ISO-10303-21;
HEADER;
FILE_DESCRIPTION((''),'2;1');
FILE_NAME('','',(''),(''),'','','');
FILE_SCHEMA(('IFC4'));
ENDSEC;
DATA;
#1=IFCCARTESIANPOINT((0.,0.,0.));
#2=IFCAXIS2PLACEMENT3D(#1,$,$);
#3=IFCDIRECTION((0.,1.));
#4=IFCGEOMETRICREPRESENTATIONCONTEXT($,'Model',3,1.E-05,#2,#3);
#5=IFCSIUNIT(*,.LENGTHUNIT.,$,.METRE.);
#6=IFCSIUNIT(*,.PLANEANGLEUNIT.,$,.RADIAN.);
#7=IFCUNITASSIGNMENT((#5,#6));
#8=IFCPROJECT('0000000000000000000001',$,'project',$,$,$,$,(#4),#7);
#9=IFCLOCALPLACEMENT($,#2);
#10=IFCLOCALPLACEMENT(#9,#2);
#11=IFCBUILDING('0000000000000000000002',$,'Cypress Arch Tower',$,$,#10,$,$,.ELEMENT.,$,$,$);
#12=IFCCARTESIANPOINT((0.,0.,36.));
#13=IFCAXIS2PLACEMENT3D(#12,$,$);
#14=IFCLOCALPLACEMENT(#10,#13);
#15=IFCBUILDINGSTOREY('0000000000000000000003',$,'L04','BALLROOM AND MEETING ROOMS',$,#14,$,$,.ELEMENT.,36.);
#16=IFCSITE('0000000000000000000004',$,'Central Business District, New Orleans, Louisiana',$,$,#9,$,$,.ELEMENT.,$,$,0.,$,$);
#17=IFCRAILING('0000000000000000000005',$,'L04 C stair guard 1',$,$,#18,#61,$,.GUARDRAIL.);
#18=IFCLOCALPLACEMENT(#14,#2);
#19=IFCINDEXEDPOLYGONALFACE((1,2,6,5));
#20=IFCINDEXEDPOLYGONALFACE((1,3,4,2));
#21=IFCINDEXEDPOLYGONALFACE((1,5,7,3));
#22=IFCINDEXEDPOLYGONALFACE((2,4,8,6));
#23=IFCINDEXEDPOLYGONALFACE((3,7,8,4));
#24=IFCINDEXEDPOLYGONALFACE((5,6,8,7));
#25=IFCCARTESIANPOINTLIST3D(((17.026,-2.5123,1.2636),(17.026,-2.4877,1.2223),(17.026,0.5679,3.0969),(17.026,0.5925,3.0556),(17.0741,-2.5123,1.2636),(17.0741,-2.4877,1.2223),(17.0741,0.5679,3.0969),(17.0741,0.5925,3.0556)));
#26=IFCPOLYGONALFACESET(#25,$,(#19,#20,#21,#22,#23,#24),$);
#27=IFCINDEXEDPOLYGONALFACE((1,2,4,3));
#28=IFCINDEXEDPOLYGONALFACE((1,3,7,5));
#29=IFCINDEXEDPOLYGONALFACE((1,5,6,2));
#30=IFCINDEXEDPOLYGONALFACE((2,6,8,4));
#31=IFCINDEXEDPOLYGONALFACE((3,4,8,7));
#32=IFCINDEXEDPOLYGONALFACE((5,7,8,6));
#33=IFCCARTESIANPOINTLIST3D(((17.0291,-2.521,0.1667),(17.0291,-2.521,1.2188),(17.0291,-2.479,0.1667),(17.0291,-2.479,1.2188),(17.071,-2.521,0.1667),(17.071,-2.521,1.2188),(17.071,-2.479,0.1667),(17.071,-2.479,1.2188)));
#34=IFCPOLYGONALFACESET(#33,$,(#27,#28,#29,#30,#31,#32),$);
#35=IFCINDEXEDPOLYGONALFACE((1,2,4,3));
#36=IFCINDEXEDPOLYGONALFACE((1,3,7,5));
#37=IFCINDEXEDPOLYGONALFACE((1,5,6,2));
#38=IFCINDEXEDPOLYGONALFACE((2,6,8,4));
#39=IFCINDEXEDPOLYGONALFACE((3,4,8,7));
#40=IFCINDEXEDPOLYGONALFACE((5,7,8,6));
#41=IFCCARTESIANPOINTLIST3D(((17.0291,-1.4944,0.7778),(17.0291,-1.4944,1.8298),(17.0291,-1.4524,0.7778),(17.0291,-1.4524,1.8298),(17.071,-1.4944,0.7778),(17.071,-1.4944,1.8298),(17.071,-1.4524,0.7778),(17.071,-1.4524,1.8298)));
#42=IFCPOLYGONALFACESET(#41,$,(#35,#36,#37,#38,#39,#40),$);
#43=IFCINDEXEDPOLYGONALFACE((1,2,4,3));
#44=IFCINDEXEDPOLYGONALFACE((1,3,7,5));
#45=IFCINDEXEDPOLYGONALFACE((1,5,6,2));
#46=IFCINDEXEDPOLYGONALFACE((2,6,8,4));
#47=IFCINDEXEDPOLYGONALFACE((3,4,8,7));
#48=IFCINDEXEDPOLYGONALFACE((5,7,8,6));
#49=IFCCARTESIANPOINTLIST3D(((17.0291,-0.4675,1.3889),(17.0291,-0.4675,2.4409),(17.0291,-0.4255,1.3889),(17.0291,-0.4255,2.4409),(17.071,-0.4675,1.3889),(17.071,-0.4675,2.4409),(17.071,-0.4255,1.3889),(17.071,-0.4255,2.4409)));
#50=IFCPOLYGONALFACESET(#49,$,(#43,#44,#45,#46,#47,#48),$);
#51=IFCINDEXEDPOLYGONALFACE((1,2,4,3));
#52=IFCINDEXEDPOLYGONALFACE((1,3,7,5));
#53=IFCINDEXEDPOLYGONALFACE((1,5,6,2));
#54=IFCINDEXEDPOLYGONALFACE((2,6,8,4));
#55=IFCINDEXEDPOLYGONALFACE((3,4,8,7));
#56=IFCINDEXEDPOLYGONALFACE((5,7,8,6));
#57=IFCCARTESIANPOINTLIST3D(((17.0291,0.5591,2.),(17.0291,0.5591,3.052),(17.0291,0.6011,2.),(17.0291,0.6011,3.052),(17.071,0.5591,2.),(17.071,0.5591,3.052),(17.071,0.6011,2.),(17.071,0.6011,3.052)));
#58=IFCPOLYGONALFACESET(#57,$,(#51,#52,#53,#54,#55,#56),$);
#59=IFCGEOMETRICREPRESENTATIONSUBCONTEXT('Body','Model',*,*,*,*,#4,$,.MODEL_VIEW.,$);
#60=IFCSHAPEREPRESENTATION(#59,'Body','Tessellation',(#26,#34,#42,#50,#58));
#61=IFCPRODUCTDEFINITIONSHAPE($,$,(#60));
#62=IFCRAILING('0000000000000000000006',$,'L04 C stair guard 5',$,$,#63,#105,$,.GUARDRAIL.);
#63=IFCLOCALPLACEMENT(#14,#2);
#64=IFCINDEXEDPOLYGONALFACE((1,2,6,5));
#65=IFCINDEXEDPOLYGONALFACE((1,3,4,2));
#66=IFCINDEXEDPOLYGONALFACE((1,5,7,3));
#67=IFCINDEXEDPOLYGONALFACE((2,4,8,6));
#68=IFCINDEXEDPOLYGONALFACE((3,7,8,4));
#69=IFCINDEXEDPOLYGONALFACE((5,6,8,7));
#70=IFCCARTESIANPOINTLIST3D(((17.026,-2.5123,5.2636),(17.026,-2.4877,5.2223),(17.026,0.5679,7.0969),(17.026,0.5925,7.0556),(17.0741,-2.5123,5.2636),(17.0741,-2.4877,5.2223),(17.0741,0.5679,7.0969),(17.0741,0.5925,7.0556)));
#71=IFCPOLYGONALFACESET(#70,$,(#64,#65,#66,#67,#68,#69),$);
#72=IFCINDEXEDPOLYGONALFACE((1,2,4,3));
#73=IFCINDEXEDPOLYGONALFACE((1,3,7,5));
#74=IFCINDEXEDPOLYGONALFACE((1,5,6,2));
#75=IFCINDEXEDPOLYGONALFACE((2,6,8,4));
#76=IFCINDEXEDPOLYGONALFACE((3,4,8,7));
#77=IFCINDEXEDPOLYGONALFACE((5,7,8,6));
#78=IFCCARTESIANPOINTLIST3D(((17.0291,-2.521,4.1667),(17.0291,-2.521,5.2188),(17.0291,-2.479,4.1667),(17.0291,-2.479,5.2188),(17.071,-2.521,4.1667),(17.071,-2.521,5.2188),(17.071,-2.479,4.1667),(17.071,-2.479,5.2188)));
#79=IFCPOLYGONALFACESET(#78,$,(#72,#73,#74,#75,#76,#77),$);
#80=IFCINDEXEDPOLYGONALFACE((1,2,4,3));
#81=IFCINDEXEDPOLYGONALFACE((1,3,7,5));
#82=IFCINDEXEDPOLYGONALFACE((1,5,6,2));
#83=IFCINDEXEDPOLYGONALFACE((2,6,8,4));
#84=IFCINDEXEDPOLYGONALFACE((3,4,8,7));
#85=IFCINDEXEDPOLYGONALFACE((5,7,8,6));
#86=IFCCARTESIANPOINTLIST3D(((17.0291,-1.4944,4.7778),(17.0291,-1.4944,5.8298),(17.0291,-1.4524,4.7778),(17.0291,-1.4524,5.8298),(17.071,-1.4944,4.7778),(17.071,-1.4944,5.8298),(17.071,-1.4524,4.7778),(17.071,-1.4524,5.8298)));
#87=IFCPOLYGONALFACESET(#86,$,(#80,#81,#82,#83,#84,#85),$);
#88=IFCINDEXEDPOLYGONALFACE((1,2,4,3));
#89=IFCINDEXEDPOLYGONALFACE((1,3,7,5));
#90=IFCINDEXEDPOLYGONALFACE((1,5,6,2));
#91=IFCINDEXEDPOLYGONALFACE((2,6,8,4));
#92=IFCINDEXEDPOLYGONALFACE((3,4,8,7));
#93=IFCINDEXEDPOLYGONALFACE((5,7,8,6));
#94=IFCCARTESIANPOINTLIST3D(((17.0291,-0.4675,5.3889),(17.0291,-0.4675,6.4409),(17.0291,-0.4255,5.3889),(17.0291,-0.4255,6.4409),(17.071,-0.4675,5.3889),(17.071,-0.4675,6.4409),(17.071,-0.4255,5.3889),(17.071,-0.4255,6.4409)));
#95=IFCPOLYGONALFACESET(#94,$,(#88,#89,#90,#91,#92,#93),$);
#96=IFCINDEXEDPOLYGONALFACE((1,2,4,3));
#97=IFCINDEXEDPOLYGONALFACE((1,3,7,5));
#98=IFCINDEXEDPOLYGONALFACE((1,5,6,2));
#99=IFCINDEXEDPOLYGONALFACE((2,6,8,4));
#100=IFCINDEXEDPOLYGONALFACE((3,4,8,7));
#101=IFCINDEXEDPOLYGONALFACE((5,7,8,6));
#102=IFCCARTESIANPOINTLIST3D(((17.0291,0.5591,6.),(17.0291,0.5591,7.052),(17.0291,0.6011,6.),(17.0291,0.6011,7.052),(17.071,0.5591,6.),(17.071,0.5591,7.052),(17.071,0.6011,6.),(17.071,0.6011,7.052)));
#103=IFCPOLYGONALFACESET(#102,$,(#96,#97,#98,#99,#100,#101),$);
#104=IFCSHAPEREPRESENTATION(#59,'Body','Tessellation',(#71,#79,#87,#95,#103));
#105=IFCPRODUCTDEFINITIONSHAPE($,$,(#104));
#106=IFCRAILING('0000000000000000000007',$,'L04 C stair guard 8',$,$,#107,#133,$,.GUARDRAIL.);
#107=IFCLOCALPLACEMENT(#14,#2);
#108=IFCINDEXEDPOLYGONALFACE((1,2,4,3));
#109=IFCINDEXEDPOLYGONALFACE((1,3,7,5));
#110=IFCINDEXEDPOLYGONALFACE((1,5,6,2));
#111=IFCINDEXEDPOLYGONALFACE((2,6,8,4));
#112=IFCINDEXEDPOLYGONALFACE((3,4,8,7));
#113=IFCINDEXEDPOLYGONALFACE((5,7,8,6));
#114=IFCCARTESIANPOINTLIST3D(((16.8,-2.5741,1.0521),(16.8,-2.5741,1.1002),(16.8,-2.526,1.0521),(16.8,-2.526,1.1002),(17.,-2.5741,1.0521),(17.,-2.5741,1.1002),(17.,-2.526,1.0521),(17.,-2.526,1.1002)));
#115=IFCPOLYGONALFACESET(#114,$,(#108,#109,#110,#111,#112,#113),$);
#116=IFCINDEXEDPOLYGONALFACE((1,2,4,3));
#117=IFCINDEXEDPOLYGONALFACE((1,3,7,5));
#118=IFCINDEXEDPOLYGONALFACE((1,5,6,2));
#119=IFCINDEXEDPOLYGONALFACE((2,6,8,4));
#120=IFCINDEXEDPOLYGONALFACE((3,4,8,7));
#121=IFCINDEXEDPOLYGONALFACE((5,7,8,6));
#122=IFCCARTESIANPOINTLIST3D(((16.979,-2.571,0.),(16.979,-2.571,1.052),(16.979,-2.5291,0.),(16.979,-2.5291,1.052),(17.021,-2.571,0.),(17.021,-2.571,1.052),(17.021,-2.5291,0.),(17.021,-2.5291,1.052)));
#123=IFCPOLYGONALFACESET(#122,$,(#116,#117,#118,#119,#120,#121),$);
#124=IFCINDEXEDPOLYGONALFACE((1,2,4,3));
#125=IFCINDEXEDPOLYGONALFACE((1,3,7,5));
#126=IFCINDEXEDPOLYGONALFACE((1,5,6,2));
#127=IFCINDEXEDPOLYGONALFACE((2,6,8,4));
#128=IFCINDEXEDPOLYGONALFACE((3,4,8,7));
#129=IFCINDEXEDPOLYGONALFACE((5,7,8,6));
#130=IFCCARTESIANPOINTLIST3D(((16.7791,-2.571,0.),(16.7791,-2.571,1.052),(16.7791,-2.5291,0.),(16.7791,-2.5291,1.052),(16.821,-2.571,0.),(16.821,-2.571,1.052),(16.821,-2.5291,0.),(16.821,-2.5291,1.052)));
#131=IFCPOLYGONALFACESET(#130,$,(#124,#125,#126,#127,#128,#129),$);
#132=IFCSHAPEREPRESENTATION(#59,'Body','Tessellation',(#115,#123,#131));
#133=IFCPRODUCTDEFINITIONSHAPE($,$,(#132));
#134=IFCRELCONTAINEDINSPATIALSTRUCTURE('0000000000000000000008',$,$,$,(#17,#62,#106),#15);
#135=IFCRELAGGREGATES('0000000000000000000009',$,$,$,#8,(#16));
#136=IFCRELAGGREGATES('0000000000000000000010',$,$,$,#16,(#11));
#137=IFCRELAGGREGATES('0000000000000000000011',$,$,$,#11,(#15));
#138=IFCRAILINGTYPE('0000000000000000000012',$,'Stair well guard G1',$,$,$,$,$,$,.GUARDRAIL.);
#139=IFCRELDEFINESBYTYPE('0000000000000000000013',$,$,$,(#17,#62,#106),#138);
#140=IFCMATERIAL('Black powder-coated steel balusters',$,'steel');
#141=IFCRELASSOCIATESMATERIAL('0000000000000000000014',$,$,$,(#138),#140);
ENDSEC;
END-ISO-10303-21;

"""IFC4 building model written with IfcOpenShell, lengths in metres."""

from ifc_helpers import new_model, si_unit, direction, frame, origin, origin_2d, place, context, subcontext, project, spatial, rectangle, extrude, material, type_object, element, save


model = new_model("IFC4")

# Units and contexts
model_context = context("Model", 3, precision=1e-05, world=origin(), true_north=direction((0.0, 1.0)))
body_context = subcontext(model_context, "Body", "Model", "MODEL_VIEW")
ifc_project = project(units=[si_unit("LENGTHUNIT", "METRE"), si_unit("PLANEANGLEUNIT", "RADIAN")], contexts=[model_context])

# Site, building, storey
site_placement = place(None, origin())
site = spatial("IfcSite", under=ifc_project, at=site_placement, Name="Central Business District, New Orleans, Louisiana", CompositionType="ELEMENT", RefElevation=0.0)
building_placement = place(site_placement, origin())
building = spatial("IfcBuilding", under=site, at=building_placement, Name="Cypress Arch Tower", CompositionType="ELEMENT")
storey_placement = place(building_placement, frame((0.0, 0.0, 36.0)))
storey = spatial("IfcBuildingStorey", under=building, at=storey_placement, Name="L04", Description="BALLROOM AND MEETING ROOMS", CompositionType="ELEMENT", Elevation=36.0)

# Railings
ifc_material_1 = material(Name="Black powder-coated steel balusters", Category="steel")
railing_type_1 = type_object("IfcRailingType", Name="Stair well guard G1", PredefinedType="GUARDRAIL", material=ifc_material_1)
for number, where, name in (
    (1, (17.05, -2.5, 0.1667), "L04 C stair guard 1"),
    (2, (17.05, -2.5, 4.1667), "L04 C stair guard 5"),
):
    element("IfcRailing", number, at=place(storey_placement, frame(where)), inside=storey, type_object=railing_type_1, Name=name, PredefinedType="GUARDRAIL", context=body_context, shape_type="SweptSolid", body=[
        extrude(rectangle(XDim=0.0481, YDim=0.0481, at=origin_2d()), frame((0.0, 0.0, 1.0762), z_axis=(0.0, 0.859309, 0.511458), x_axis=(-1.0, 0.0, 0.0)), (0.0, 0.0, 1.0), 3.5845),
        extrude(rectangle(XDim=0.042, YDim=0.042, at=origin_2d()), origin(), (0.0, 0.0, 1.0), 1.052),
        extrude(rectangle(XDim=0.042, YDim=0.042, at=origin_2d()), frame((0.0, 1.0266, 0.6111)), (0.0, 0.0, 1.0), 1.052),
        extrude(rectangle(XDim=0.042, YDim=0.042, at=origin_2d()), frame((0.0, 2.0535, 1.2222)), (0.0, 0.0, 1.0), 1.052),
        extrude(rectangle(XDim=0.042, YDim=0.042, at=origin_2d()), frame((0.0, 3.0801, 1.8333)), (0.0, 0.0, 1.0), 1.052),
    ])
railing_placement = place(storey_placement, frame((17.0, -2.55, 0.0)))
element("IfcRailing", 3, at=railing_placement, inside=storey, type_object=railing_type_1, Name="L04 C stair guard 8", PredefinedType="GUARDRAIL", context=body_context, shape_type="SweptSolid", body=[
    extrude(rectangle(XDim=0.0481, YDim=0.0481, at=origin_2d()), frame((0.0, 0.0, 1.0762), z_axis=(-1.0, 0.0, 0.0), x_axis=(0.0, -1.0, 0.0)), (0.0, 0.0, 1.0), 0.2),
    extrude(rectangle(XDim=0.042, YDim=0.042, at=origin_2d()), origin(), (0.0, 0.0, 1.0), 1.052),
    extrude(rectangle(XDim=0.042, YDim=0.042, at=origin_2d()), frame((-0.2, 0.0, 0.0)), (0.0, 0.0, 1.0), 1.052),
])

save(model, "model.ifc")
